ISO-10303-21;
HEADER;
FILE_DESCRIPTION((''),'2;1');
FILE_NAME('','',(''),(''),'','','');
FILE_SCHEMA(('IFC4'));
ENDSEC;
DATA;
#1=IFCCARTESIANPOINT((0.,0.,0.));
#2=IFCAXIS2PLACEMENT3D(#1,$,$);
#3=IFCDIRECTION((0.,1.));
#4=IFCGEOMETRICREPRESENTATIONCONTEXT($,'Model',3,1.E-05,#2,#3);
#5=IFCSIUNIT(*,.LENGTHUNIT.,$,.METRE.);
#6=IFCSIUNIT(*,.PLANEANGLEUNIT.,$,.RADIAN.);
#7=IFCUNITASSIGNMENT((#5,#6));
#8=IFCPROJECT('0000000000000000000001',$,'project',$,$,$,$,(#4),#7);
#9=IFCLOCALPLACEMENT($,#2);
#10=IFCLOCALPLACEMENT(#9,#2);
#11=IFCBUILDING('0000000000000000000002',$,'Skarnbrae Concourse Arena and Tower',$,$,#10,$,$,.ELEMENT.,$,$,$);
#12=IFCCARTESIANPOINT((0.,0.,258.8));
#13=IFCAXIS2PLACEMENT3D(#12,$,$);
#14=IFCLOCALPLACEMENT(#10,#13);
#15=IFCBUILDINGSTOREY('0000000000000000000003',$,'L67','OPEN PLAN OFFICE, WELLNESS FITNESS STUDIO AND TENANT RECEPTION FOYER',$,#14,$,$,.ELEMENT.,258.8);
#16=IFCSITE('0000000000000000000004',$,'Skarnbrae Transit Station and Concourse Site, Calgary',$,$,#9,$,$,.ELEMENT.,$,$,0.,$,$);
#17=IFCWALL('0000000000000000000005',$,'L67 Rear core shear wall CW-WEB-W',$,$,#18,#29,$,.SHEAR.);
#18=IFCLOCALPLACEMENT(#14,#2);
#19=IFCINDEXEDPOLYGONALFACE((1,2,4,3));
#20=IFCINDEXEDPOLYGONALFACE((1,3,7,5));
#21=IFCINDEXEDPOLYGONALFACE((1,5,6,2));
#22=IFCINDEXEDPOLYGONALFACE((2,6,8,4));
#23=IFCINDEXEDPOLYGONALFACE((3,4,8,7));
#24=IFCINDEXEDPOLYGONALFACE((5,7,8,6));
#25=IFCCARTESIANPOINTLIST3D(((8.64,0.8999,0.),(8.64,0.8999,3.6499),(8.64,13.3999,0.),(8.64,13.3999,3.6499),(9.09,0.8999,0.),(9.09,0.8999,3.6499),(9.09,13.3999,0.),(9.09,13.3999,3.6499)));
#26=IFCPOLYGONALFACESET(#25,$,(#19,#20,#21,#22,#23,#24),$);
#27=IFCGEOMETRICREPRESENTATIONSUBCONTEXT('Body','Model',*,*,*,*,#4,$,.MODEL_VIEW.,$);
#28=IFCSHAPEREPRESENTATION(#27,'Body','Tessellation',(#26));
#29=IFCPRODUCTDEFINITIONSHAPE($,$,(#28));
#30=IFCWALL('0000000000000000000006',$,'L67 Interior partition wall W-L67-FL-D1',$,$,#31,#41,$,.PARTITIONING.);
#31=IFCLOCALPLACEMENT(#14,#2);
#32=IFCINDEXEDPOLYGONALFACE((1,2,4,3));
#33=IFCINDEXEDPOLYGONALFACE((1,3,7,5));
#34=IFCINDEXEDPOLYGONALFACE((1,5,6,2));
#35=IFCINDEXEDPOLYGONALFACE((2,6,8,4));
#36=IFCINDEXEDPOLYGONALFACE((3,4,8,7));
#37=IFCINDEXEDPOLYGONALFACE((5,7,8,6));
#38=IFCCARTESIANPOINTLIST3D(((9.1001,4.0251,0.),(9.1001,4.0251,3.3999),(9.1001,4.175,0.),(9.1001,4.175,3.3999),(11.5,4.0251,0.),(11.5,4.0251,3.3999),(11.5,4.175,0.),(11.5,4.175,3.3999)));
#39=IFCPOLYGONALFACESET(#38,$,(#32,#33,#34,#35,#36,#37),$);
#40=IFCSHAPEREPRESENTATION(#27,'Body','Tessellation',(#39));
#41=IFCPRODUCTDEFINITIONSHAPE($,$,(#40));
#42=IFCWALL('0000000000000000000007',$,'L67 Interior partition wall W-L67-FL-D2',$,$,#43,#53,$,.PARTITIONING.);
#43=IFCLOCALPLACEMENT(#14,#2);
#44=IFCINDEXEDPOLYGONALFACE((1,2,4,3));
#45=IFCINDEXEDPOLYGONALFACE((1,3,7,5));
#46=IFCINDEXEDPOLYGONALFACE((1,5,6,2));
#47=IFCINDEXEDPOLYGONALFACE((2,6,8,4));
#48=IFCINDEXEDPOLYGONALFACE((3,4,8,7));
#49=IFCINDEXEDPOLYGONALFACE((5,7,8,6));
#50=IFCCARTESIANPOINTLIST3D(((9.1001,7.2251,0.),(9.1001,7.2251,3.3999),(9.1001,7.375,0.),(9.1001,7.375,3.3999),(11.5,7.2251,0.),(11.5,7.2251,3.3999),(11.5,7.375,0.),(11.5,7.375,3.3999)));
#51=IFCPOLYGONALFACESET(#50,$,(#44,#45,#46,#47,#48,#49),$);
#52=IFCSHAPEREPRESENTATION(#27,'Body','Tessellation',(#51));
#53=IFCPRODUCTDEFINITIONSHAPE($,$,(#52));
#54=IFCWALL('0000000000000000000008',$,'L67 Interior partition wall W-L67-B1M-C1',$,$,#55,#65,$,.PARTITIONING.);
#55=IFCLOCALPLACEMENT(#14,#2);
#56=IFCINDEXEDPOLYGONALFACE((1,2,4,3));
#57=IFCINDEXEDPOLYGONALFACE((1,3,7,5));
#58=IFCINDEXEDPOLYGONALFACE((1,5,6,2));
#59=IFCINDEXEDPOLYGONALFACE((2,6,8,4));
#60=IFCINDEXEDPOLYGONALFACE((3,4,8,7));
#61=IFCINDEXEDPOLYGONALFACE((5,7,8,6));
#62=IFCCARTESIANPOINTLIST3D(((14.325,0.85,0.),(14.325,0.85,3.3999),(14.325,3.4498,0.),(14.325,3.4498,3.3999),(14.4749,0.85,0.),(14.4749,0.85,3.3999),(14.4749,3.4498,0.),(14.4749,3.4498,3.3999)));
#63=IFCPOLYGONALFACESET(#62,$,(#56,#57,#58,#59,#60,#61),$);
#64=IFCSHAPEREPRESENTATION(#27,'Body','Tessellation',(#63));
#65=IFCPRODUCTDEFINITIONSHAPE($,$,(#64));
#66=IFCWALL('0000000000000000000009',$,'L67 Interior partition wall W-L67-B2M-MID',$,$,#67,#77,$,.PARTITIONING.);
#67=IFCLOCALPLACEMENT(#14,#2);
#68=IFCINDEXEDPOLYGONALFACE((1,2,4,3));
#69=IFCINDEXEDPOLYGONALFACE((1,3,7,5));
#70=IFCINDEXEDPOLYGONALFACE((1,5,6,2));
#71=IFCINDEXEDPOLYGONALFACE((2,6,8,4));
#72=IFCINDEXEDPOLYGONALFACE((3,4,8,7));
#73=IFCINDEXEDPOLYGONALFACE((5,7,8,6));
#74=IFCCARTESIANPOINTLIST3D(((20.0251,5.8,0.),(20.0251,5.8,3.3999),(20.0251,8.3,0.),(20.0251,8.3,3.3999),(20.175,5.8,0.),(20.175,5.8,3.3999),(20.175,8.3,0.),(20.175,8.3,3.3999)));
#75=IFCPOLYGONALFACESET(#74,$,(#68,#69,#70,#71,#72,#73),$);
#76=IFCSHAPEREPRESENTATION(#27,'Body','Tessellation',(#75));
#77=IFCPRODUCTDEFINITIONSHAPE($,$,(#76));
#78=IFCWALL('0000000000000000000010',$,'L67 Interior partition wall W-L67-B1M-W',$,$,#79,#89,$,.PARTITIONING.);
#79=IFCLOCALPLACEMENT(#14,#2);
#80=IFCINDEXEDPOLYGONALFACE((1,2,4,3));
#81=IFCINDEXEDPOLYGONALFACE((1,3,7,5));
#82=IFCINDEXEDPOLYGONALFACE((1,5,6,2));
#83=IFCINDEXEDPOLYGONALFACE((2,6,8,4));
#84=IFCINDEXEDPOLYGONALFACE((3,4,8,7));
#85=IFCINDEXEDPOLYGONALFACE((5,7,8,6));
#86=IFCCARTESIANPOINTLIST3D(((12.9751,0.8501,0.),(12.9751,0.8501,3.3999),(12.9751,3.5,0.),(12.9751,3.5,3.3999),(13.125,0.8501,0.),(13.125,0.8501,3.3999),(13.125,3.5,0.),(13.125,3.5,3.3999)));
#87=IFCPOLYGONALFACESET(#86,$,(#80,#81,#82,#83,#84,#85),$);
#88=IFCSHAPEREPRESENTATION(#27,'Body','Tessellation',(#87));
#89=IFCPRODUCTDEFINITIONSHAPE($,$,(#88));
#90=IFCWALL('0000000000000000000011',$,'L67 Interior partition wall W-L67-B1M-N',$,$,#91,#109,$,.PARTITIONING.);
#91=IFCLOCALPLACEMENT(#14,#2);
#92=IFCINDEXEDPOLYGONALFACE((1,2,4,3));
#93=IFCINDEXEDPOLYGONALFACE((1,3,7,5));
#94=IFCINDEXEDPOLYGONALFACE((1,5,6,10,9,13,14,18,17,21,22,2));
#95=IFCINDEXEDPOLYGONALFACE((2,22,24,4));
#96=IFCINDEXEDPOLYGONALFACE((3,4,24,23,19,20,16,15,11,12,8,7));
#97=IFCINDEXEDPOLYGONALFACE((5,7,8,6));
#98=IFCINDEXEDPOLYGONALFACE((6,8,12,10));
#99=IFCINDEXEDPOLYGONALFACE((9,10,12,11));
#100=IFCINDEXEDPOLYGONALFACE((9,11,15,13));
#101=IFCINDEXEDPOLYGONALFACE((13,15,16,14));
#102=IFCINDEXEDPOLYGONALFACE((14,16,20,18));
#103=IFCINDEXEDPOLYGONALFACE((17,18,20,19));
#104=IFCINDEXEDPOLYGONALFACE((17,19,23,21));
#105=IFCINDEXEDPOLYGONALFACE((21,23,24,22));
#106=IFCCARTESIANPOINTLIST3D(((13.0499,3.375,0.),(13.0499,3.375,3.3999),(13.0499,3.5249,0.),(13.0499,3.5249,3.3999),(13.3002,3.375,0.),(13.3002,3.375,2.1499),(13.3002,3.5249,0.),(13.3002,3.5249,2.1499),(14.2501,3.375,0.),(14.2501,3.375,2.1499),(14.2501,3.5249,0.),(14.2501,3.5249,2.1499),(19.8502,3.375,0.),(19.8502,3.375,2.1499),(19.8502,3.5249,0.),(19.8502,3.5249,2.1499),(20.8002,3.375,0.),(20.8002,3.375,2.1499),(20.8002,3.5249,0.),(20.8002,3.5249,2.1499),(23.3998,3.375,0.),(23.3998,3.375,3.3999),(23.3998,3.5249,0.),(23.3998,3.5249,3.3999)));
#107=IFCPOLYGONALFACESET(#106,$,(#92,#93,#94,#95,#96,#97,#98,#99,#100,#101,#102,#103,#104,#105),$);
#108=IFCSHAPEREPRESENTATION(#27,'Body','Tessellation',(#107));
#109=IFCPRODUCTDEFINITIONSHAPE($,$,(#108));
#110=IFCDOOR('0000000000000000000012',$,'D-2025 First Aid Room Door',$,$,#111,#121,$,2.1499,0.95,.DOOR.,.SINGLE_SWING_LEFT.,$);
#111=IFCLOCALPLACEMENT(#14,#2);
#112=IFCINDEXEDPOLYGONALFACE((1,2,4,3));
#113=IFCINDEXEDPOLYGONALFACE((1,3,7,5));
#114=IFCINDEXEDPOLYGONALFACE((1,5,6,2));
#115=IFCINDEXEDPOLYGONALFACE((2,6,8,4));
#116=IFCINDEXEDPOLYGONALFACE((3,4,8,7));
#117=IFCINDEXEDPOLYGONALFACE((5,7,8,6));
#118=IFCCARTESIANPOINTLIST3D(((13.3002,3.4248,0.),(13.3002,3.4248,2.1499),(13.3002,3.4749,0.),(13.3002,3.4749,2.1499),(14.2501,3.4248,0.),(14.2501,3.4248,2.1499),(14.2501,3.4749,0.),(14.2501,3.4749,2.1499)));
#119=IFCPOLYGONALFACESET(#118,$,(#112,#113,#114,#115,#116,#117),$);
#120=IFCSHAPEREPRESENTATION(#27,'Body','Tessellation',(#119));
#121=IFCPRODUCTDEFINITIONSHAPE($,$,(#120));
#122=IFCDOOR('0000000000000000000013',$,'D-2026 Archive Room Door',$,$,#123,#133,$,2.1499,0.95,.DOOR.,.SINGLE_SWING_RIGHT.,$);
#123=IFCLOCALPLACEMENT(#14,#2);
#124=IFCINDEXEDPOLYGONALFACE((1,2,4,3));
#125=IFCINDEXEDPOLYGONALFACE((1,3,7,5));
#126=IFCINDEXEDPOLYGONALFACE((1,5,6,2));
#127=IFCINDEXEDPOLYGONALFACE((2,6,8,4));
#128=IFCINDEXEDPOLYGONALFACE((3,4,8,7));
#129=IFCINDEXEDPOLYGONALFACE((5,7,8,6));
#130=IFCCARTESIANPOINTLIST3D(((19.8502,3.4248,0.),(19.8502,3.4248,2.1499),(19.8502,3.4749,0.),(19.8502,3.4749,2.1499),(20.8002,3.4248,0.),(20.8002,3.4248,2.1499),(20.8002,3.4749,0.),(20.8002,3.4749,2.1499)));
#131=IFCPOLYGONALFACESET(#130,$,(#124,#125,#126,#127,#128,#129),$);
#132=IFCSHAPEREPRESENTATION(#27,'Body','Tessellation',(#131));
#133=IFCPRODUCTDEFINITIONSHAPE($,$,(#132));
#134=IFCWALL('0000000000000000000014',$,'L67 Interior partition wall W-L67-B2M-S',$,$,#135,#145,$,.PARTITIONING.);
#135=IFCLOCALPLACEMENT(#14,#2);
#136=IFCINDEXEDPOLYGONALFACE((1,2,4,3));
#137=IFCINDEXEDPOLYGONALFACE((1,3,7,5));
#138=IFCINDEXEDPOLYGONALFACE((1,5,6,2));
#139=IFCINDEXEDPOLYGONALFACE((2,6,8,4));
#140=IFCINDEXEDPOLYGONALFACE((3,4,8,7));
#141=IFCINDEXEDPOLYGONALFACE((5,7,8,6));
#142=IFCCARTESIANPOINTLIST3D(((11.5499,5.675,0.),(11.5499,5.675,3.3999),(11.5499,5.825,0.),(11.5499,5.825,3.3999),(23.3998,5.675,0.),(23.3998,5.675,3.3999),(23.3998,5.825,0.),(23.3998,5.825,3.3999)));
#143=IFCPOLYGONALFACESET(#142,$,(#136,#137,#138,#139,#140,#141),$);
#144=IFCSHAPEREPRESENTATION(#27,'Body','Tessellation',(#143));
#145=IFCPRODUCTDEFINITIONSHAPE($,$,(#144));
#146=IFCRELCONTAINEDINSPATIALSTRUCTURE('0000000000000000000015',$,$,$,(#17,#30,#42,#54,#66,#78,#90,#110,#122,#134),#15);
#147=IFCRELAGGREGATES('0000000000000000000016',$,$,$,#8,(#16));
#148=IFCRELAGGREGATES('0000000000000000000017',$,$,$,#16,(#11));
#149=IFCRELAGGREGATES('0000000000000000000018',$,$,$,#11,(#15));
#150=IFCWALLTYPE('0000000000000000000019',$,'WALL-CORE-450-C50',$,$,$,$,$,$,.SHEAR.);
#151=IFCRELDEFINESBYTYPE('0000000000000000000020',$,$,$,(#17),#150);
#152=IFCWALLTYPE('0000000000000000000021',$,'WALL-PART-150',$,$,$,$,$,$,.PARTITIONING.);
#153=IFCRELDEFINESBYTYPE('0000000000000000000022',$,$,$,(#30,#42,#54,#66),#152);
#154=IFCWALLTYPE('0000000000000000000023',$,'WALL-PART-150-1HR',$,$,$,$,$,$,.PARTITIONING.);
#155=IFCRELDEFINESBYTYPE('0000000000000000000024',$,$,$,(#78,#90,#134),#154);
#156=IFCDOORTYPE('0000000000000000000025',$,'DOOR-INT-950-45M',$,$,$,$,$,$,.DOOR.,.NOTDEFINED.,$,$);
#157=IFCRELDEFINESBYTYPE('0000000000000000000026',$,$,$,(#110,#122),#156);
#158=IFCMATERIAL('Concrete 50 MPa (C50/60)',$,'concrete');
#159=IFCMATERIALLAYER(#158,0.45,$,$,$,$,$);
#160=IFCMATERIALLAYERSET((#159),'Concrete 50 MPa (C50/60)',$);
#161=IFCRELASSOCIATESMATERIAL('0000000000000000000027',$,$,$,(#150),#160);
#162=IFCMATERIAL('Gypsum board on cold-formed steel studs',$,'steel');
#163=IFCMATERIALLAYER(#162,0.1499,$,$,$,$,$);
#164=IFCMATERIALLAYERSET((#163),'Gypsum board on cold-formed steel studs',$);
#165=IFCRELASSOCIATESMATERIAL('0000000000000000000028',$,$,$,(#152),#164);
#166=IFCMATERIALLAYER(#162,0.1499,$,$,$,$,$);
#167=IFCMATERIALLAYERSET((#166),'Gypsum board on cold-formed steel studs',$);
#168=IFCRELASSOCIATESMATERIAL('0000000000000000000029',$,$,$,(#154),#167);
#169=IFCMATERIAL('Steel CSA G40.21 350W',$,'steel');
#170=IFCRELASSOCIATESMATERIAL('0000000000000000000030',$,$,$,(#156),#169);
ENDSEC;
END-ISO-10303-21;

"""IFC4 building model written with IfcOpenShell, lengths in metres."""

from ifc_helpers import new_model, si_unit, direction, frame, frame_2d, origin, place, context, subcontext, project, spatial, rectangle, extrude, source, transform, mapped, material, layer, layer_set, type_object, element, fill, save


model = new_model("IFC4")

# Units and contexts
model_context = context("Model", 3, precision=1e-05, world=origin(), true_north=direction((0.0, 1.0)))
body_context = subcontext(model_context, "Body", "Model", "MODEL_VIEW")
ifc_project = project(units=[si_unit("LENGTHUNIT", "METRE"), si_unit("PLANEANGLEUNIT", "RADIAN")], contexts=[model_context])

# Site, building, storey
site_placement = place(None, origin())
site = spatial("IfcSite", under=ifc_project, at=site_placement, Name="Skarnbrae Transit Station and Concourse Site, Calgary", CompositionType="ELEMENT", RefElevation=0.0)
building_placement = place(site_placement, origin())
building = spatial("IfcBuilding", under=site, at=building_placement, Name="Skarnbrae Concourse Arena and Tower", CompositionType="ELEMENT")
storey_placement = place(building_placement, frame((0.0, 0.0, 258.8)))
storey = spatial("IfcBuildingStorey", under=building, at=storey_placement, Name="L67", Description="OPEN PLAN OFFICE, WELLNESS FITNESS STUDIO AND TENANT RECEPTION FOYER", CompositionType="ELEMENT", Elevation=258.8)

# Wall
ifc_material_1 = material(Name="Concrete 50 MPa (C50/60)", Category="concrete")
ifc_layer_1 = layer(ifc_material_1, 0.45)
ifc_layer_set_1 = layer_set([ifc_layer_1], Name="Concrete 50 MPa (C50/60)")
wall_type_1 = type_object("IfcWallType", Name="WALL-CORE-450-C50", PredefinedType="SHEAR", material=ifc_layer_set_1)
shared_shape_1 = source(origin(), body_context, "Body", "SweptSolid", [
    extrude(rectangle(XDim=12.5, YDim=0.45, at=frame_2d((6.25, 0.0))), origin(), (0.0, 0.0, 1.0), 3.6499),
])
wall_1_placement = place(storey_placement, frame((8.865, 0.8999, 0.0), z_axis=(0.0, 0.0, 1.0), x_axis=(0.0, 1.0, 0.0)))
element("IfcWall", 1, at=wall_1_placement, inside=storey, type_object=wall_type_1, Name="L67 Rear core shear wall CW-WEB-W", PredefinedType="SHEAR", context=body_context, shape_type="MappedRepresentation", body=[
    mapped(shared_shape_1, transform((0.0, 0.0, 0.0))),
])

# Shared definitions
ifc_material_2 = material(Name="Gypsum board on cold-formed steel studs", Category="steel")
ifc_material_3 = material(Name="Steel CSA G40.21 350W", Category="steel")

# Walls
ifc_layer_2 = layer(ifc_material_2, 0.1499)
ifc_layer_set_2 = layer_set([ifc_layer_2], Name="Gypsum board on cold-formed steel studs")
wall_type_2 = type_object("IfcWallType", Name="WALL-PART-150", PredefinedType="PARTITIONING", material=ifc_layer_set_2)
shared_shape_2 = source(origin(), body_context, "Body", "SweptSolid", [
    extrude(rectangle(XDim=2.3999, YDim=0.1499, at=frame_2d((1.2, 0.0))), origin(), (0.0, 0.0, 1.0), 3.3999),
])
for number, where, z_axis, x_axis, name in (
    (2, (9.1001, 4.1001, 0.0), (0.0, 0.0, 1.0), (1.0, 0.0, 0.0), "L67 Interior partition wall W-L67-FL-D1"),
    (3, (9.1001, 7.3, 0.0), (0.0, 0.0, 1.0), (1.0, 0.0, 0.0), "L67 Interior partition wall W-L67-FL-D2"),
):
    element("IfcWall", number, at=place(storey_placement, frame(where, z_axis=z_axis, x_axis=x_axis)), inside=storey, type_object=wall_type_2, Name=name, PredefinedType="PARTITIONING", context=body_context, shape_type="MappedRepresentation", body=[
        mapped(shared_shape_2, transform((0.0, 0.0, 0.0))),
    ])
shared_shape_3 = source(origin(), body_context, "Body", "SweptSolid", [
    extrude(rectangle(XDim=2.5999, YDim=0.1499, at=frame_2d((1.2998, 0.0))), origin(), (0.0, 0.0, 1.0), 3.3999),
])
wall_2_placement = place(storey_placement, frame((14.3999, 0.8501, 0.0), z_axis=(0.0, 0.0, 1.0), x_axis=(0.0, 1.0, 0.0)))
element("IfcWall", 4, at=wall_2_placement, inside=storey, type_object=wall_type_2, Name="L67 Interior partition wall W-L67-B1M-C1", PredefinedType="PARTITIONING", context=body_context, shape_type="MappedRepresentation", body=[
    mapped(shared_shape_3, transform((0.0, 0.0, 0.0))),
])
shared_shape_4 = source(origin(), body_context, "Body", "SweptSolid", [
    extrude(rectangle(XDim=2.5, YDim=0.1499, at=frame_2d((1.25, 0.0))), origin(), (0.0, 0.0, 1.0), 3.3999),
])
wall_3_placement = place(storey_placement, frame((20.1001, 5.8, 0.0), z_axis=(0.0, 0.0, 1.0), x_axis=(0.0, 1.0, 0.0)))
element("IfcWall", 5, at=wall_3_placement, inside=storey, type_object=wall_type_2, Name="L67 Interior partition wall W-L67-B2M-MID", PredefinedType="PARTITIONING", context=body_context, shape_type="MappedRepresentation", body=[
    mapped(shared_shape_4, transform((0.0, 0.0, 0.0))),
])
ifc_layer_3 = layer(ifc_material_2, 0.1499)
ifc_layer_set_3 = layer_set([ifc_layer_3], Name="Gypsum board on cold-formed steel studs")
wall_type_3 = type_object("IfcWallType", Name="WALL-PART-150-1HR", PredefinedType="PARTITIONING", material=ifc_layer_set_3)
shared_shape_5 = source(origin(), body_context, "Body", "SweptSolid", [
    extrude(rectangle(XDim=2.6499, YDim=0.1499, at=frame_2d((1.325, 0.0))), origin(), (0.0, 0.0, 1.0), 3.3999),
])
wall_4_placement = place(storey_placement, frame((13.05, 0.8501, 0.0), z_axis=(0.0, 0.0, 1.0), x_axis=(0.0, 1.0, 0.0)))
element("IfcWall", 6, at=wall_4_placement, inside=storey, type_object=wall_type_3, Name="L67 Interior partition wall W-L67-B1M-W", PredefinedType="PARTITIONING", context=body_context, shape_type="MappedRepresentation", body=[
    mapped(shared_shape_5, transform((0.0, 0.0, 0.0))),
])

# Wall, openings, doors
shared_shape_6 = source(origin(), body_context, "Body", "SweptSolid", [
    extrude(rectangle(XDim=10.3499, YDim=0.1499, at=frame_2d((5.1748, 0.0))), origin(), (0.0, 0.0, 1.0), 3.3999),
])
wall_5_placement = place(storey_placement, frame((13.05, 3.45, 0.0), z_axis=(0.0, 0.0, 1.0), x_axis=(1.0, 0.0, 0.0)))
wall_5 = element("IfcWall", 7, at=wall_5_placement, inside=storey, type_object=wall_type_3, Name="L67 Interior partition wall W-L67-B1M-N", PredefinedType="PARTITIONING", context=body_context, shape_type="MappedRepresentation", body=[
    mapped(shared_shape_6, transform((0.0, 0.0, 0.0))),
])
opening_1_placement = place(wall_5_placement, frame((0.25, 0.0, 0.0)))
opening_1 = element("IfcOpeningElement", 8, at=opening_1_placement, cuts=wall_5, PredefinedType="OPENING", context=body_context, shape_type="SweptSolid", body=[
    extrude(rectangle(XDim=0.95, YDim=2.1499, at=frame_2d((0.4751, 1.075))), frame((0.0, 0.085, 0.0), z_axis=(0.0, -1.0, 0.0), x_axis=(1.0, 0.0, 0.0)), (0.0, 0.0, 1.0), 0.1699),
])
opening_2_placement = place(wall_5_placement, frame((6.8, 0.0, 0.0)))
opening_2 = element("IfcOpeningElement", 9, at=opening_2_placement, cuts=wall_5, PredefinedType="OPENING", context=body_context, shape_type="SweptSolid", body=[
    extrude(rectangle(XDim=0.95, YDim=2.1499, at=frame_2d((0.4751, 1.075))), frame((0.0, 0.085, 0.0), z_axis=(0.0, -1.0, 0.0), x_axis=(1.0, 0.0, 0.0)), (0.0, 0.0, 1.0), 0.1699),
])
door_type_1 = type_object("IfcDoorType", Name="DOOR-INT-950-45M", OperationType="NOTDEFINED", PredefinedType="DOOR", material=ifc_material_3)
shared_shape_7 = source(origin(), body_context, "Body", "SweptSolid", [
    extrude(rectangle(XDim=0.95, YDim=2.1499, at=frame_2d((0.4751, 1.075))), frame((0.0, 0.0249, 0.0), z_axis=(0.0, -1.0, 0.0), x_axis=(1.0, 0.0, 0.0)), (0.0, 0.0, 1.0), 0.05),
])
door_1_placement = place(opening_1_placement, origin())
door_1 = element("IfcDoor", 10, at=door_1_placement, inside=storey, type_object=door_type_1, Name="D-2025 First Aid Room Door", OperationType="SINGLE_SWING_LEFT", OverallHeight=2.1499, OverallWidth=0.95, PredefinedType="DOOR", context=body_context, shape_type="MappedRepresentation", body=[
    mapped(shared_shape_7, transform((0.0, 0.0, 0.0))),
])
fill(opening_1, door_1)
door_2_placement = place(opening_2_placement, origin())
door_2 = element("IfcDoor", 11, at=door_2_placement, inside=storey, type_object=door_type_1, Name="D-2026 Archive Room Door", OperationType="SINGLE_SWING_RIGHT", OverallHeight=2.1499, OverallWidth=0.95, PredefinedType="DOOR", context=body_context, shape_type="MappedRepresentation", body=[
    mapped(shared_shape_7, transform((0.0, 0.0, 0.0))),
])
fill(opening_2, door_2)

# Wall
shared_shape_8 = source(origin(), body_context, "Body", "SweptSolid", [
    extrude(rectangle(XDim=11.8499, YDim=0.1499, at=frame_2d((5.9248, 0.0))), origin(), (0.0, 0.0, 1.0), 3.3999),
])
wall_6_placement = place(storey_placement, frame((11.55, 5.75, 0.0), z_axis=(0.0, 0.0, 1.0), x_axis=(1.0, 0.0, 0.0)))
element("IfcWall", 12, at=wall_6_placement, inside=storey, type_object=wall_type_3, Name="L67 Interior partition wall W-L67-B2M-S", PredefinedType="PARTITIONING", context=body_context, shape_type="MappedRepresentation", body=[
    mapped(shared_shape_8, transform((0.0, 0.0, 0.0))),
])

save(model, "model.ifc")
